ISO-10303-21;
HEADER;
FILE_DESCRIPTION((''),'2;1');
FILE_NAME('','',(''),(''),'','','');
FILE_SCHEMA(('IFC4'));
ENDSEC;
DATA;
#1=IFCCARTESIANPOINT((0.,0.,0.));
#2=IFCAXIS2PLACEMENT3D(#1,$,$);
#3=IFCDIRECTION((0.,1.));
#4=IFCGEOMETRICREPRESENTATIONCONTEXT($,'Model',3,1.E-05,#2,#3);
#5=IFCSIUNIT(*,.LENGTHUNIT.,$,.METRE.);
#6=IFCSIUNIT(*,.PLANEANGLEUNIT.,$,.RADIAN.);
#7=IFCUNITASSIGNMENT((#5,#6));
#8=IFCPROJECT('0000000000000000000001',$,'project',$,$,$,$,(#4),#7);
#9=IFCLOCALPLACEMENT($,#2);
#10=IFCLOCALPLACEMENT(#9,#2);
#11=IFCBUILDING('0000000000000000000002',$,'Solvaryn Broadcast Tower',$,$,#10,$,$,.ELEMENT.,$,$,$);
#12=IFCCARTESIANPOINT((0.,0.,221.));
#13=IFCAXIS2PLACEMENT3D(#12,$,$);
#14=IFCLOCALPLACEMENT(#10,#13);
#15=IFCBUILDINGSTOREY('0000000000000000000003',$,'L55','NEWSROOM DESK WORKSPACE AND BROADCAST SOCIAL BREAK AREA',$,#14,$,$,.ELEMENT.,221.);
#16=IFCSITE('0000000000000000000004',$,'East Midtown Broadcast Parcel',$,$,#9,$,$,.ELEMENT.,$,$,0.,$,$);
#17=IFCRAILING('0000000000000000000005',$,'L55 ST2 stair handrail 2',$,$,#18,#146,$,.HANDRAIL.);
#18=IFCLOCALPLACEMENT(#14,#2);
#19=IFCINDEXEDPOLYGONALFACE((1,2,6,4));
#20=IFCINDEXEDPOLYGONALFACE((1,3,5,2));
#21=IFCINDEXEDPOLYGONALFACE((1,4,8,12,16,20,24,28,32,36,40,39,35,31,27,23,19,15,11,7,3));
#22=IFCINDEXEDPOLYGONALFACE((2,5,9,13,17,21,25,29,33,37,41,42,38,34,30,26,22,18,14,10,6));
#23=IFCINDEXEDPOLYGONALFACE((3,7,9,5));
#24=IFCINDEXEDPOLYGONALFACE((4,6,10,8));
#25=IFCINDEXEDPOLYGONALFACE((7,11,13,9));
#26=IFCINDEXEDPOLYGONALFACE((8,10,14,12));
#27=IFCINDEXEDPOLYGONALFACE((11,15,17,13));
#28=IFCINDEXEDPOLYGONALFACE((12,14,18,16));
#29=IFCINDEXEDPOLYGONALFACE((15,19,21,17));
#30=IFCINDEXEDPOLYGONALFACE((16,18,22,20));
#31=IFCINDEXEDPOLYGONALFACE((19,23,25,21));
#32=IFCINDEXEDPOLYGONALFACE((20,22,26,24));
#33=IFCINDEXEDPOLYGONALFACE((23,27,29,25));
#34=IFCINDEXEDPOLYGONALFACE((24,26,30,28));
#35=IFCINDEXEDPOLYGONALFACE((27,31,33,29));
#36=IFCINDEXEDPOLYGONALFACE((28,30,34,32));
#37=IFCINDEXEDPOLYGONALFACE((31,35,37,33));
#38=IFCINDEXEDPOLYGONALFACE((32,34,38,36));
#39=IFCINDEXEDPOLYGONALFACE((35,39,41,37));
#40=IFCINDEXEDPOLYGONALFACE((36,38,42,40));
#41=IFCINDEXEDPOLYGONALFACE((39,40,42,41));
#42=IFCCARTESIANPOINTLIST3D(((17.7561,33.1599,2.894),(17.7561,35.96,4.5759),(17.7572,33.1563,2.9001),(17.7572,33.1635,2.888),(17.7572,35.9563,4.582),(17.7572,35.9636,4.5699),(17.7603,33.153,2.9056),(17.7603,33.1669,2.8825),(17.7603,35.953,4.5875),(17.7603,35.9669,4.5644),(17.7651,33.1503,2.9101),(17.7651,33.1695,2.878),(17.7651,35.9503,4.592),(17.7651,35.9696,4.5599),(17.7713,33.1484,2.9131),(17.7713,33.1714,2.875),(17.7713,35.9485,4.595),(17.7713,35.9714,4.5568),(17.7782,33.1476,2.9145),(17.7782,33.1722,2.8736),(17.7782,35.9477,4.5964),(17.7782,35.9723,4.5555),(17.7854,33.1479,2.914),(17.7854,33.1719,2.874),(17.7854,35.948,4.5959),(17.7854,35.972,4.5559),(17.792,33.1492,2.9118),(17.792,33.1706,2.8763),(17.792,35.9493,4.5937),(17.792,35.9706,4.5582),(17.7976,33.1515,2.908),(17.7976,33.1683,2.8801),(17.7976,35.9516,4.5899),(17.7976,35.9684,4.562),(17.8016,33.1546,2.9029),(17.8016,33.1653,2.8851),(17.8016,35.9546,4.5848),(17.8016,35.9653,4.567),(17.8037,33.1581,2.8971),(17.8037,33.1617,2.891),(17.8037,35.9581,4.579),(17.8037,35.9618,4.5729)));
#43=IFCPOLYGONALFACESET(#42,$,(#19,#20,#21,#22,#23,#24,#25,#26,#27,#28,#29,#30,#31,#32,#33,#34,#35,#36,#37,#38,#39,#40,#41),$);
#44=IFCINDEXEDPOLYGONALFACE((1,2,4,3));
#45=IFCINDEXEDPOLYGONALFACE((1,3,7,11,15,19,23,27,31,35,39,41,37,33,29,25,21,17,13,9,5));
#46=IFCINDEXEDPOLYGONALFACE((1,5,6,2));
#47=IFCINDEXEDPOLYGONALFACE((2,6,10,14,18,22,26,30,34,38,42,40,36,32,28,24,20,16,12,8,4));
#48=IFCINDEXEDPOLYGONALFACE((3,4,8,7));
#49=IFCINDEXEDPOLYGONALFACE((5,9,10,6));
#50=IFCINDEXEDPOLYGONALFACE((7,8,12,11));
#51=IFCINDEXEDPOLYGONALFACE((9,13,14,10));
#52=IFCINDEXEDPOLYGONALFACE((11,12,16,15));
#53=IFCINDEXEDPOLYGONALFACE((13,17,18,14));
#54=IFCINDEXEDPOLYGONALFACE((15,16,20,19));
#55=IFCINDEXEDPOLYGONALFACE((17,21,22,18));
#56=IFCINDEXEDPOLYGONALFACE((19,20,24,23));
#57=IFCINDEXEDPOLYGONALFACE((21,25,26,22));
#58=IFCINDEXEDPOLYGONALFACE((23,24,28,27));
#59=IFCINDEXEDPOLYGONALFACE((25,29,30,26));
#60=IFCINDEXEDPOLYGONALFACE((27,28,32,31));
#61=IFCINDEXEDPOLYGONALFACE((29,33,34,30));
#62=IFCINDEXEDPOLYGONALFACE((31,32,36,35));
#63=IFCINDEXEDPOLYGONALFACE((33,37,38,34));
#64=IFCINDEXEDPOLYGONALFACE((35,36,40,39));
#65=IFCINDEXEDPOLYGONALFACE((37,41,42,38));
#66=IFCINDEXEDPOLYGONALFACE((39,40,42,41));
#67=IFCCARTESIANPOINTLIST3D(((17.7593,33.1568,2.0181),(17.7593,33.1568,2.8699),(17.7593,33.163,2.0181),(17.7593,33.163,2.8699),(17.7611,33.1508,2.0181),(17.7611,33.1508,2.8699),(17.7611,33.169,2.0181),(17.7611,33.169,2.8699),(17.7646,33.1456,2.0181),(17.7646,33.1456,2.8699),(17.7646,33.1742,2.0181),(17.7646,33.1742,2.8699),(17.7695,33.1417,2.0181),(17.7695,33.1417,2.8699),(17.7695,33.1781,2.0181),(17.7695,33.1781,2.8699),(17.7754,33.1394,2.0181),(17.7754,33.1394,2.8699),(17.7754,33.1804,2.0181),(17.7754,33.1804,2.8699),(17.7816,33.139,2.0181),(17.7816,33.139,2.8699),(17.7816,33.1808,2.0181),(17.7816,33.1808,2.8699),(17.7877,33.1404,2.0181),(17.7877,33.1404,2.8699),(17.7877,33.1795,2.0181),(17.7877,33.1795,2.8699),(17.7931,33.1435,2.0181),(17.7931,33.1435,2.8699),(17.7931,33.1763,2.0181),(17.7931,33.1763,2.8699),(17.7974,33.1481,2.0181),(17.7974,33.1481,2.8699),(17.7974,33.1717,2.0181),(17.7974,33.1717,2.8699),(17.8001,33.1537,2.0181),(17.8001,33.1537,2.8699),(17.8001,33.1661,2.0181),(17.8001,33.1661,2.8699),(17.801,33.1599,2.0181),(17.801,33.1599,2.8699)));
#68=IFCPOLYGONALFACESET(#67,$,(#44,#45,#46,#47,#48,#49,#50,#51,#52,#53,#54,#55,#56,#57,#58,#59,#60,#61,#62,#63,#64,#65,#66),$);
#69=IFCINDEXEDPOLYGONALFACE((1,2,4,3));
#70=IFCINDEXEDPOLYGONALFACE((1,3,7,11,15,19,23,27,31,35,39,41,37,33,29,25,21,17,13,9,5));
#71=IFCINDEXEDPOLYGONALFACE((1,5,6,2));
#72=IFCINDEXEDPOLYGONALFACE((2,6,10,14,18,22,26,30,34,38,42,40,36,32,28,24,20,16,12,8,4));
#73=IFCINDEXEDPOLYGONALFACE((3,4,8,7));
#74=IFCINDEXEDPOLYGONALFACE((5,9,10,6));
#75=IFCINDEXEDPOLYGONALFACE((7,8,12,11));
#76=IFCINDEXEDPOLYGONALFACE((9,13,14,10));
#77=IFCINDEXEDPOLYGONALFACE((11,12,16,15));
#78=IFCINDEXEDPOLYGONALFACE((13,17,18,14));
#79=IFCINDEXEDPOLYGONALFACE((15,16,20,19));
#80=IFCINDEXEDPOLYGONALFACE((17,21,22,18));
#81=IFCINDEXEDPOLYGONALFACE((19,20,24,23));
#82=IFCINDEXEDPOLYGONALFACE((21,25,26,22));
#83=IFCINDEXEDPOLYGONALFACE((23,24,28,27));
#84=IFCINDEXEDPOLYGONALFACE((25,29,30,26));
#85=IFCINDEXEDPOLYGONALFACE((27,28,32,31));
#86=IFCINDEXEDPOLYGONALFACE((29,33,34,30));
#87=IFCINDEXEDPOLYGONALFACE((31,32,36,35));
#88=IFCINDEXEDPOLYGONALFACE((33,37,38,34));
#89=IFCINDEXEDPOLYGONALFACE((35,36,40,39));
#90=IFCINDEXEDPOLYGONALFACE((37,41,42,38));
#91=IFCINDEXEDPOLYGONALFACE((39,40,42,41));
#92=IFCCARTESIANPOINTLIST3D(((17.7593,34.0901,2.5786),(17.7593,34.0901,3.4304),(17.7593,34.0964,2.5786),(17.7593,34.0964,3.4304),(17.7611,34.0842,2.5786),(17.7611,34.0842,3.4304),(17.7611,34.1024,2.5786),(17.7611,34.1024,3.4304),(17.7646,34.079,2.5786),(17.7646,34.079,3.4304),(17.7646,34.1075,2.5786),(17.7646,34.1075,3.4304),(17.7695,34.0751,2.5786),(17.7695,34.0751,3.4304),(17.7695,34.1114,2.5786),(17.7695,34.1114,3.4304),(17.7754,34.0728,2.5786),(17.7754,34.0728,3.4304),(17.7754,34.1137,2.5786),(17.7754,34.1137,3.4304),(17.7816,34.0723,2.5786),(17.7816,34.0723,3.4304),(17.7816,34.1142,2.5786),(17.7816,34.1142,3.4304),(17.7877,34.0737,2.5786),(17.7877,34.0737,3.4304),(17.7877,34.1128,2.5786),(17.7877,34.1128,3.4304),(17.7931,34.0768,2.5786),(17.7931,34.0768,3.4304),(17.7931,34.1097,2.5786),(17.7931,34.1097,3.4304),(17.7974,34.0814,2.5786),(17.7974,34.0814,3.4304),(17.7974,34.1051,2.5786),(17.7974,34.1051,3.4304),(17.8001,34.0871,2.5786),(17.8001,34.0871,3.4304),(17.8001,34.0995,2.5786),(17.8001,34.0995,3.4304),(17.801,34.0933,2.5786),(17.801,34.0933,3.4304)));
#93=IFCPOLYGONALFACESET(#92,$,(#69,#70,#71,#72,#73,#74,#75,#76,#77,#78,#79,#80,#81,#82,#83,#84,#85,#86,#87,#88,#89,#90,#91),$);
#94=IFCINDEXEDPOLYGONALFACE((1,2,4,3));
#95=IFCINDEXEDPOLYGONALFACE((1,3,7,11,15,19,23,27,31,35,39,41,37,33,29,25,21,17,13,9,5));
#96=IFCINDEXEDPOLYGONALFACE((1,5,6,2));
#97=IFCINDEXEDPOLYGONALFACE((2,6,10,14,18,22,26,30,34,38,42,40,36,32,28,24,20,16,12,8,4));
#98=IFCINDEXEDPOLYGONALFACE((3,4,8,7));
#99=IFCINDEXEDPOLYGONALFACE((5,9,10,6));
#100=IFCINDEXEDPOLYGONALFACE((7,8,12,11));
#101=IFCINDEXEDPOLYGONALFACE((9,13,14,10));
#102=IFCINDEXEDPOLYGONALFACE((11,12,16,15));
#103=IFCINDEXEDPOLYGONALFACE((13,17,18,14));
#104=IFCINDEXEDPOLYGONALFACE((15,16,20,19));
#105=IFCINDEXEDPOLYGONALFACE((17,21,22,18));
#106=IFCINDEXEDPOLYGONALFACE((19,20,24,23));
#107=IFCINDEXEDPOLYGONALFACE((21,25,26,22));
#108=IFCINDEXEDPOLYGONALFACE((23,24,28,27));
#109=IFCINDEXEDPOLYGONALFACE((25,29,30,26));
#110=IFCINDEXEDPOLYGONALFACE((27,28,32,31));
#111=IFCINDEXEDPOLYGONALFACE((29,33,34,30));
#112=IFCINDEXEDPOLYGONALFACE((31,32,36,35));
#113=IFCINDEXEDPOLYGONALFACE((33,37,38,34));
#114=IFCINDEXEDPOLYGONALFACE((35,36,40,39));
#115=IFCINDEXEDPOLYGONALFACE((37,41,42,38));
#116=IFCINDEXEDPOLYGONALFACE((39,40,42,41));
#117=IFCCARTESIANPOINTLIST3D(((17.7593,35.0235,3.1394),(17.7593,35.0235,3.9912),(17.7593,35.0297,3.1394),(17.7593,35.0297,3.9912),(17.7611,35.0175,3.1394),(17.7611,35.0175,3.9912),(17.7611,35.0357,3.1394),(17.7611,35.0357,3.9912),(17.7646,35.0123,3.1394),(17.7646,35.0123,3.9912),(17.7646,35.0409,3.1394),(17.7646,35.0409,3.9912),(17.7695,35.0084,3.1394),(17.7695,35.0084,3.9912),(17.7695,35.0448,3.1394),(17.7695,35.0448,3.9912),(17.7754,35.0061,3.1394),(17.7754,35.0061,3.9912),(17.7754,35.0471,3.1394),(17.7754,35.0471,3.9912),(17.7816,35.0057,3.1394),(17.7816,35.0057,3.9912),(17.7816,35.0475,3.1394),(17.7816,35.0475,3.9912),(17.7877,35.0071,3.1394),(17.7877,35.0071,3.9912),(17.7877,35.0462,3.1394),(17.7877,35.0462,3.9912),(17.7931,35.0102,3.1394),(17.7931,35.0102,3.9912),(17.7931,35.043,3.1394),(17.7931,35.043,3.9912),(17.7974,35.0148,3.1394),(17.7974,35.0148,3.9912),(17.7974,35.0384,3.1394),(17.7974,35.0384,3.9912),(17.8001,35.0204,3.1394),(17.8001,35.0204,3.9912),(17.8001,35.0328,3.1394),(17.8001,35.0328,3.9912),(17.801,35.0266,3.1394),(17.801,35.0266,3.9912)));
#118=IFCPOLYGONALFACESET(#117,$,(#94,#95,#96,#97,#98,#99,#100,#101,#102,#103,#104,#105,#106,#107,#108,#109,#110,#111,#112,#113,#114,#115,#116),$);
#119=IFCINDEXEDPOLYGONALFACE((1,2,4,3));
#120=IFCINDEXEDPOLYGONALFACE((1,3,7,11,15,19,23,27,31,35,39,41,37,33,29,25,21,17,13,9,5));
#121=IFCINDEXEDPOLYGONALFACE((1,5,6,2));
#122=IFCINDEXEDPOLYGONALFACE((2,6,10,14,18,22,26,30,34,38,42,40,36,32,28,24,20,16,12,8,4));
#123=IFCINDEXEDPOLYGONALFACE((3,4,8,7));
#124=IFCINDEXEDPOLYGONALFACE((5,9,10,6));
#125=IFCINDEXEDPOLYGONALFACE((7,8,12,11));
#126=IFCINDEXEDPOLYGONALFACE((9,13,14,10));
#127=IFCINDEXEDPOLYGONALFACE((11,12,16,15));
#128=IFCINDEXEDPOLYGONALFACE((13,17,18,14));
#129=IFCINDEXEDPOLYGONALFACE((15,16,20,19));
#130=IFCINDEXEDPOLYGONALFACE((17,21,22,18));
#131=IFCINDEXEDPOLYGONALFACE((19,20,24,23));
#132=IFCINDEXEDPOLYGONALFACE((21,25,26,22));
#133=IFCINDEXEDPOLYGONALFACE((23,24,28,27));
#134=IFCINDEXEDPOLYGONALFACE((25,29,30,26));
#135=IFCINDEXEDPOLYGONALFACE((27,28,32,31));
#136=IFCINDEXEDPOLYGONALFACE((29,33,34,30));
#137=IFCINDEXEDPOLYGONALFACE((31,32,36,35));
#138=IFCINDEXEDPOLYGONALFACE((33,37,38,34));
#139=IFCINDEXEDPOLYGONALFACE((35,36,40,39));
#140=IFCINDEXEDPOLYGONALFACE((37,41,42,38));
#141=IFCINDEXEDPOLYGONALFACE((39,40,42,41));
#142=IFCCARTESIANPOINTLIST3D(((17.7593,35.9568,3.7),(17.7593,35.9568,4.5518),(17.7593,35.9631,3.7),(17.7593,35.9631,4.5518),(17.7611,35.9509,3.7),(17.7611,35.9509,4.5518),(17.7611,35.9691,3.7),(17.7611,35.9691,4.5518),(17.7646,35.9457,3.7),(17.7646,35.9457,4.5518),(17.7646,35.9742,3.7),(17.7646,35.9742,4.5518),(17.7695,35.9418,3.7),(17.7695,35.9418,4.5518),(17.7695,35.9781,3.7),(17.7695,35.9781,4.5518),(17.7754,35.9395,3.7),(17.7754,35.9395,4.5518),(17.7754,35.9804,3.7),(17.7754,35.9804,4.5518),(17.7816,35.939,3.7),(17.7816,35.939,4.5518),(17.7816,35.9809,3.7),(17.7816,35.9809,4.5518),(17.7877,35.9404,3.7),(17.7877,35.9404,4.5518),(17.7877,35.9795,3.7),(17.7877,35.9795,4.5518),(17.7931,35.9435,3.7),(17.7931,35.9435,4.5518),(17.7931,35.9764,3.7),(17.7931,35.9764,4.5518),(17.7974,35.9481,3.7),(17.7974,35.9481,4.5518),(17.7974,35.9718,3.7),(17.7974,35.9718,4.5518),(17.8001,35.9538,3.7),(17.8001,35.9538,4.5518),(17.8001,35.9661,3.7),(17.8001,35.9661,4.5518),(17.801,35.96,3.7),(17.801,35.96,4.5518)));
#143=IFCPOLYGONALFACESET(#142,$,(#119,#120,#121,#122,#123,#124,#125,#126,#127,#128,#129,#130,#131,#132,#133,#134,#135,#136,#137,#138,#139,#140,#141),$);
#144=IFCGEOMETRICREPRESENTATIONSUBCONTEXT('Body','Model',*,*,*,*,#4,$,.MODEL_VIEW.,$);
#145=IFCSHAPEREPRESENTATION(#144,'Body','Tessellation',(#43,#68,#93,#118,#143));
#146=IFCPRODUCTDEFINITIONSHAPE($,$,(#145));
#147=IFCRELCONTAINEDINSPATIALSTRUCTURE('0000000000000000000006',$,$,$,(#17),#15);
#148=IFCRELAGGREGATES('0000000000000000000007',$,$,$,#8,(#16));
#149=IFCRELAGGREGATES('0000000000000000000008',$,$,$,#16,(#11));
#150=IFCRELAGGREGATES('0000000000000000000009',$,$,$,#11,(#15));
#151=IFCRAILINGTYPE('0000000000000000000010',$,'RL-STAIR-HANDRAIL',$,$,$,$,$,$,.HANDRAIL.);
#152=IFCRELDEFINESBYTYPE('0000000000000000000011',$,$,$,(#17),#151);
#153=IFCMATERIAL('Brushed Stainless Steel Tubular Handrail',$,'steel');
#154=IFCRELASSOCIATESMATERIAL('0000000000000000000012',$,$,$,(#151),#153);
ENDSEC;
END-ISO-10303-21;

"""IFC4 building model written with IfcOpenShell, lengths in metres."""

from ifc_helpers import new_model, si_unit, direction, frame, origin, origin_2d, place, context, subcontext, project, spatial, circle, extrude, material, type_object, element, save


model = new_model("IFC4")

# Units and contexts
model_context = context("Model", 3, precision=1e-05, world=origin(), true_north=direction((0.0, 1.0)))
body_context = subcontext(model_context, "Body", "Model", "MODEL_VIEW")
ifc_project = project(units=[si_unit("LENGTHUNIT", "METRE"), si_unit("PLANEANGLEUNIT", "RADIAN")], contexts=[model_context])

# Site, building, storey
site_placement = place(None, origin())
site = spatial("IfcSite", under=ifc_project, at=site_placement, Name="East Midtown Broadcast Parcel", CompositionType="ELEMENT", RefElevation=0.0)
building_placement = place(site_placement, origin())
building = spatial("IfcBuilding", under=site, at=building_placement, Name="Solvaryn Broadcast Tower", CompositionType="ELEMENT")
storey_placement = place(building_placement, frame((0.0, 0.0, 221.0)))
storey = spatial("IfcBuildingStorey", under=building, at=storey_placement, Name="L55", Description="NEWSROOM DESK WORKSPACE AND BROADCAST SOCIAL BREAK AREA", CompositionType="ELEMENT", Elevation=221.0)

# Railing
ifc_material_1 = material(Name="Brushed Stainless Steel Tubular Handrail", Category="steel")
railing_type_1 = type_object("IfcRailingType", Name="RL-STAIR-HANDRAIL", PredefinedType="HANDRAIL", material=ifc_material_1)
railing_1_placement = place(storey_placement, frame((17.78, 33.1599, 2.0181)))
element("IfcRailing", 1, at=railing_1_placement, inside=storey, type_object=railing_type_1, Name="L55 ST2 stair handrail 2", PredefinedType="HANDRAIL", context=body_context, shape_type="SweptSolid", body=[
    extrude(circle(Radius=0.0239, at=origin_2d()), frame((0.0, 0.0, 0.876), z_axis=(0.0, 0.857242, 0.514913), x_axis=(-1.0, 0.0, 0.0)), (0.0, 0.0, 1.0), 3.2664),
    extrude(circle(Radius=0.021, at=origin_2d()), origin(), (0.0, 0.0, 1.0), 0.8518),
    extrude(circle(Radius=0.021, at=origin_2d()), frame((0.0, 0.9333, 0.5605)), (0.0, 0.0, 1.0), 0.8518),
    extrude(circle(Radius=0.021, at=origin_2d()), frame((0.0, 1.8667, 1.1213)), (0.0, 0.0, 1.0), 0.8518),
    extrude(circle(Radius=0.021, at=origin_2d()), frame((0.0, 2.8, 1.6819)), (0.0, 0.0, 1.0), 0.8518),
])

save(model, "model.ifc")
